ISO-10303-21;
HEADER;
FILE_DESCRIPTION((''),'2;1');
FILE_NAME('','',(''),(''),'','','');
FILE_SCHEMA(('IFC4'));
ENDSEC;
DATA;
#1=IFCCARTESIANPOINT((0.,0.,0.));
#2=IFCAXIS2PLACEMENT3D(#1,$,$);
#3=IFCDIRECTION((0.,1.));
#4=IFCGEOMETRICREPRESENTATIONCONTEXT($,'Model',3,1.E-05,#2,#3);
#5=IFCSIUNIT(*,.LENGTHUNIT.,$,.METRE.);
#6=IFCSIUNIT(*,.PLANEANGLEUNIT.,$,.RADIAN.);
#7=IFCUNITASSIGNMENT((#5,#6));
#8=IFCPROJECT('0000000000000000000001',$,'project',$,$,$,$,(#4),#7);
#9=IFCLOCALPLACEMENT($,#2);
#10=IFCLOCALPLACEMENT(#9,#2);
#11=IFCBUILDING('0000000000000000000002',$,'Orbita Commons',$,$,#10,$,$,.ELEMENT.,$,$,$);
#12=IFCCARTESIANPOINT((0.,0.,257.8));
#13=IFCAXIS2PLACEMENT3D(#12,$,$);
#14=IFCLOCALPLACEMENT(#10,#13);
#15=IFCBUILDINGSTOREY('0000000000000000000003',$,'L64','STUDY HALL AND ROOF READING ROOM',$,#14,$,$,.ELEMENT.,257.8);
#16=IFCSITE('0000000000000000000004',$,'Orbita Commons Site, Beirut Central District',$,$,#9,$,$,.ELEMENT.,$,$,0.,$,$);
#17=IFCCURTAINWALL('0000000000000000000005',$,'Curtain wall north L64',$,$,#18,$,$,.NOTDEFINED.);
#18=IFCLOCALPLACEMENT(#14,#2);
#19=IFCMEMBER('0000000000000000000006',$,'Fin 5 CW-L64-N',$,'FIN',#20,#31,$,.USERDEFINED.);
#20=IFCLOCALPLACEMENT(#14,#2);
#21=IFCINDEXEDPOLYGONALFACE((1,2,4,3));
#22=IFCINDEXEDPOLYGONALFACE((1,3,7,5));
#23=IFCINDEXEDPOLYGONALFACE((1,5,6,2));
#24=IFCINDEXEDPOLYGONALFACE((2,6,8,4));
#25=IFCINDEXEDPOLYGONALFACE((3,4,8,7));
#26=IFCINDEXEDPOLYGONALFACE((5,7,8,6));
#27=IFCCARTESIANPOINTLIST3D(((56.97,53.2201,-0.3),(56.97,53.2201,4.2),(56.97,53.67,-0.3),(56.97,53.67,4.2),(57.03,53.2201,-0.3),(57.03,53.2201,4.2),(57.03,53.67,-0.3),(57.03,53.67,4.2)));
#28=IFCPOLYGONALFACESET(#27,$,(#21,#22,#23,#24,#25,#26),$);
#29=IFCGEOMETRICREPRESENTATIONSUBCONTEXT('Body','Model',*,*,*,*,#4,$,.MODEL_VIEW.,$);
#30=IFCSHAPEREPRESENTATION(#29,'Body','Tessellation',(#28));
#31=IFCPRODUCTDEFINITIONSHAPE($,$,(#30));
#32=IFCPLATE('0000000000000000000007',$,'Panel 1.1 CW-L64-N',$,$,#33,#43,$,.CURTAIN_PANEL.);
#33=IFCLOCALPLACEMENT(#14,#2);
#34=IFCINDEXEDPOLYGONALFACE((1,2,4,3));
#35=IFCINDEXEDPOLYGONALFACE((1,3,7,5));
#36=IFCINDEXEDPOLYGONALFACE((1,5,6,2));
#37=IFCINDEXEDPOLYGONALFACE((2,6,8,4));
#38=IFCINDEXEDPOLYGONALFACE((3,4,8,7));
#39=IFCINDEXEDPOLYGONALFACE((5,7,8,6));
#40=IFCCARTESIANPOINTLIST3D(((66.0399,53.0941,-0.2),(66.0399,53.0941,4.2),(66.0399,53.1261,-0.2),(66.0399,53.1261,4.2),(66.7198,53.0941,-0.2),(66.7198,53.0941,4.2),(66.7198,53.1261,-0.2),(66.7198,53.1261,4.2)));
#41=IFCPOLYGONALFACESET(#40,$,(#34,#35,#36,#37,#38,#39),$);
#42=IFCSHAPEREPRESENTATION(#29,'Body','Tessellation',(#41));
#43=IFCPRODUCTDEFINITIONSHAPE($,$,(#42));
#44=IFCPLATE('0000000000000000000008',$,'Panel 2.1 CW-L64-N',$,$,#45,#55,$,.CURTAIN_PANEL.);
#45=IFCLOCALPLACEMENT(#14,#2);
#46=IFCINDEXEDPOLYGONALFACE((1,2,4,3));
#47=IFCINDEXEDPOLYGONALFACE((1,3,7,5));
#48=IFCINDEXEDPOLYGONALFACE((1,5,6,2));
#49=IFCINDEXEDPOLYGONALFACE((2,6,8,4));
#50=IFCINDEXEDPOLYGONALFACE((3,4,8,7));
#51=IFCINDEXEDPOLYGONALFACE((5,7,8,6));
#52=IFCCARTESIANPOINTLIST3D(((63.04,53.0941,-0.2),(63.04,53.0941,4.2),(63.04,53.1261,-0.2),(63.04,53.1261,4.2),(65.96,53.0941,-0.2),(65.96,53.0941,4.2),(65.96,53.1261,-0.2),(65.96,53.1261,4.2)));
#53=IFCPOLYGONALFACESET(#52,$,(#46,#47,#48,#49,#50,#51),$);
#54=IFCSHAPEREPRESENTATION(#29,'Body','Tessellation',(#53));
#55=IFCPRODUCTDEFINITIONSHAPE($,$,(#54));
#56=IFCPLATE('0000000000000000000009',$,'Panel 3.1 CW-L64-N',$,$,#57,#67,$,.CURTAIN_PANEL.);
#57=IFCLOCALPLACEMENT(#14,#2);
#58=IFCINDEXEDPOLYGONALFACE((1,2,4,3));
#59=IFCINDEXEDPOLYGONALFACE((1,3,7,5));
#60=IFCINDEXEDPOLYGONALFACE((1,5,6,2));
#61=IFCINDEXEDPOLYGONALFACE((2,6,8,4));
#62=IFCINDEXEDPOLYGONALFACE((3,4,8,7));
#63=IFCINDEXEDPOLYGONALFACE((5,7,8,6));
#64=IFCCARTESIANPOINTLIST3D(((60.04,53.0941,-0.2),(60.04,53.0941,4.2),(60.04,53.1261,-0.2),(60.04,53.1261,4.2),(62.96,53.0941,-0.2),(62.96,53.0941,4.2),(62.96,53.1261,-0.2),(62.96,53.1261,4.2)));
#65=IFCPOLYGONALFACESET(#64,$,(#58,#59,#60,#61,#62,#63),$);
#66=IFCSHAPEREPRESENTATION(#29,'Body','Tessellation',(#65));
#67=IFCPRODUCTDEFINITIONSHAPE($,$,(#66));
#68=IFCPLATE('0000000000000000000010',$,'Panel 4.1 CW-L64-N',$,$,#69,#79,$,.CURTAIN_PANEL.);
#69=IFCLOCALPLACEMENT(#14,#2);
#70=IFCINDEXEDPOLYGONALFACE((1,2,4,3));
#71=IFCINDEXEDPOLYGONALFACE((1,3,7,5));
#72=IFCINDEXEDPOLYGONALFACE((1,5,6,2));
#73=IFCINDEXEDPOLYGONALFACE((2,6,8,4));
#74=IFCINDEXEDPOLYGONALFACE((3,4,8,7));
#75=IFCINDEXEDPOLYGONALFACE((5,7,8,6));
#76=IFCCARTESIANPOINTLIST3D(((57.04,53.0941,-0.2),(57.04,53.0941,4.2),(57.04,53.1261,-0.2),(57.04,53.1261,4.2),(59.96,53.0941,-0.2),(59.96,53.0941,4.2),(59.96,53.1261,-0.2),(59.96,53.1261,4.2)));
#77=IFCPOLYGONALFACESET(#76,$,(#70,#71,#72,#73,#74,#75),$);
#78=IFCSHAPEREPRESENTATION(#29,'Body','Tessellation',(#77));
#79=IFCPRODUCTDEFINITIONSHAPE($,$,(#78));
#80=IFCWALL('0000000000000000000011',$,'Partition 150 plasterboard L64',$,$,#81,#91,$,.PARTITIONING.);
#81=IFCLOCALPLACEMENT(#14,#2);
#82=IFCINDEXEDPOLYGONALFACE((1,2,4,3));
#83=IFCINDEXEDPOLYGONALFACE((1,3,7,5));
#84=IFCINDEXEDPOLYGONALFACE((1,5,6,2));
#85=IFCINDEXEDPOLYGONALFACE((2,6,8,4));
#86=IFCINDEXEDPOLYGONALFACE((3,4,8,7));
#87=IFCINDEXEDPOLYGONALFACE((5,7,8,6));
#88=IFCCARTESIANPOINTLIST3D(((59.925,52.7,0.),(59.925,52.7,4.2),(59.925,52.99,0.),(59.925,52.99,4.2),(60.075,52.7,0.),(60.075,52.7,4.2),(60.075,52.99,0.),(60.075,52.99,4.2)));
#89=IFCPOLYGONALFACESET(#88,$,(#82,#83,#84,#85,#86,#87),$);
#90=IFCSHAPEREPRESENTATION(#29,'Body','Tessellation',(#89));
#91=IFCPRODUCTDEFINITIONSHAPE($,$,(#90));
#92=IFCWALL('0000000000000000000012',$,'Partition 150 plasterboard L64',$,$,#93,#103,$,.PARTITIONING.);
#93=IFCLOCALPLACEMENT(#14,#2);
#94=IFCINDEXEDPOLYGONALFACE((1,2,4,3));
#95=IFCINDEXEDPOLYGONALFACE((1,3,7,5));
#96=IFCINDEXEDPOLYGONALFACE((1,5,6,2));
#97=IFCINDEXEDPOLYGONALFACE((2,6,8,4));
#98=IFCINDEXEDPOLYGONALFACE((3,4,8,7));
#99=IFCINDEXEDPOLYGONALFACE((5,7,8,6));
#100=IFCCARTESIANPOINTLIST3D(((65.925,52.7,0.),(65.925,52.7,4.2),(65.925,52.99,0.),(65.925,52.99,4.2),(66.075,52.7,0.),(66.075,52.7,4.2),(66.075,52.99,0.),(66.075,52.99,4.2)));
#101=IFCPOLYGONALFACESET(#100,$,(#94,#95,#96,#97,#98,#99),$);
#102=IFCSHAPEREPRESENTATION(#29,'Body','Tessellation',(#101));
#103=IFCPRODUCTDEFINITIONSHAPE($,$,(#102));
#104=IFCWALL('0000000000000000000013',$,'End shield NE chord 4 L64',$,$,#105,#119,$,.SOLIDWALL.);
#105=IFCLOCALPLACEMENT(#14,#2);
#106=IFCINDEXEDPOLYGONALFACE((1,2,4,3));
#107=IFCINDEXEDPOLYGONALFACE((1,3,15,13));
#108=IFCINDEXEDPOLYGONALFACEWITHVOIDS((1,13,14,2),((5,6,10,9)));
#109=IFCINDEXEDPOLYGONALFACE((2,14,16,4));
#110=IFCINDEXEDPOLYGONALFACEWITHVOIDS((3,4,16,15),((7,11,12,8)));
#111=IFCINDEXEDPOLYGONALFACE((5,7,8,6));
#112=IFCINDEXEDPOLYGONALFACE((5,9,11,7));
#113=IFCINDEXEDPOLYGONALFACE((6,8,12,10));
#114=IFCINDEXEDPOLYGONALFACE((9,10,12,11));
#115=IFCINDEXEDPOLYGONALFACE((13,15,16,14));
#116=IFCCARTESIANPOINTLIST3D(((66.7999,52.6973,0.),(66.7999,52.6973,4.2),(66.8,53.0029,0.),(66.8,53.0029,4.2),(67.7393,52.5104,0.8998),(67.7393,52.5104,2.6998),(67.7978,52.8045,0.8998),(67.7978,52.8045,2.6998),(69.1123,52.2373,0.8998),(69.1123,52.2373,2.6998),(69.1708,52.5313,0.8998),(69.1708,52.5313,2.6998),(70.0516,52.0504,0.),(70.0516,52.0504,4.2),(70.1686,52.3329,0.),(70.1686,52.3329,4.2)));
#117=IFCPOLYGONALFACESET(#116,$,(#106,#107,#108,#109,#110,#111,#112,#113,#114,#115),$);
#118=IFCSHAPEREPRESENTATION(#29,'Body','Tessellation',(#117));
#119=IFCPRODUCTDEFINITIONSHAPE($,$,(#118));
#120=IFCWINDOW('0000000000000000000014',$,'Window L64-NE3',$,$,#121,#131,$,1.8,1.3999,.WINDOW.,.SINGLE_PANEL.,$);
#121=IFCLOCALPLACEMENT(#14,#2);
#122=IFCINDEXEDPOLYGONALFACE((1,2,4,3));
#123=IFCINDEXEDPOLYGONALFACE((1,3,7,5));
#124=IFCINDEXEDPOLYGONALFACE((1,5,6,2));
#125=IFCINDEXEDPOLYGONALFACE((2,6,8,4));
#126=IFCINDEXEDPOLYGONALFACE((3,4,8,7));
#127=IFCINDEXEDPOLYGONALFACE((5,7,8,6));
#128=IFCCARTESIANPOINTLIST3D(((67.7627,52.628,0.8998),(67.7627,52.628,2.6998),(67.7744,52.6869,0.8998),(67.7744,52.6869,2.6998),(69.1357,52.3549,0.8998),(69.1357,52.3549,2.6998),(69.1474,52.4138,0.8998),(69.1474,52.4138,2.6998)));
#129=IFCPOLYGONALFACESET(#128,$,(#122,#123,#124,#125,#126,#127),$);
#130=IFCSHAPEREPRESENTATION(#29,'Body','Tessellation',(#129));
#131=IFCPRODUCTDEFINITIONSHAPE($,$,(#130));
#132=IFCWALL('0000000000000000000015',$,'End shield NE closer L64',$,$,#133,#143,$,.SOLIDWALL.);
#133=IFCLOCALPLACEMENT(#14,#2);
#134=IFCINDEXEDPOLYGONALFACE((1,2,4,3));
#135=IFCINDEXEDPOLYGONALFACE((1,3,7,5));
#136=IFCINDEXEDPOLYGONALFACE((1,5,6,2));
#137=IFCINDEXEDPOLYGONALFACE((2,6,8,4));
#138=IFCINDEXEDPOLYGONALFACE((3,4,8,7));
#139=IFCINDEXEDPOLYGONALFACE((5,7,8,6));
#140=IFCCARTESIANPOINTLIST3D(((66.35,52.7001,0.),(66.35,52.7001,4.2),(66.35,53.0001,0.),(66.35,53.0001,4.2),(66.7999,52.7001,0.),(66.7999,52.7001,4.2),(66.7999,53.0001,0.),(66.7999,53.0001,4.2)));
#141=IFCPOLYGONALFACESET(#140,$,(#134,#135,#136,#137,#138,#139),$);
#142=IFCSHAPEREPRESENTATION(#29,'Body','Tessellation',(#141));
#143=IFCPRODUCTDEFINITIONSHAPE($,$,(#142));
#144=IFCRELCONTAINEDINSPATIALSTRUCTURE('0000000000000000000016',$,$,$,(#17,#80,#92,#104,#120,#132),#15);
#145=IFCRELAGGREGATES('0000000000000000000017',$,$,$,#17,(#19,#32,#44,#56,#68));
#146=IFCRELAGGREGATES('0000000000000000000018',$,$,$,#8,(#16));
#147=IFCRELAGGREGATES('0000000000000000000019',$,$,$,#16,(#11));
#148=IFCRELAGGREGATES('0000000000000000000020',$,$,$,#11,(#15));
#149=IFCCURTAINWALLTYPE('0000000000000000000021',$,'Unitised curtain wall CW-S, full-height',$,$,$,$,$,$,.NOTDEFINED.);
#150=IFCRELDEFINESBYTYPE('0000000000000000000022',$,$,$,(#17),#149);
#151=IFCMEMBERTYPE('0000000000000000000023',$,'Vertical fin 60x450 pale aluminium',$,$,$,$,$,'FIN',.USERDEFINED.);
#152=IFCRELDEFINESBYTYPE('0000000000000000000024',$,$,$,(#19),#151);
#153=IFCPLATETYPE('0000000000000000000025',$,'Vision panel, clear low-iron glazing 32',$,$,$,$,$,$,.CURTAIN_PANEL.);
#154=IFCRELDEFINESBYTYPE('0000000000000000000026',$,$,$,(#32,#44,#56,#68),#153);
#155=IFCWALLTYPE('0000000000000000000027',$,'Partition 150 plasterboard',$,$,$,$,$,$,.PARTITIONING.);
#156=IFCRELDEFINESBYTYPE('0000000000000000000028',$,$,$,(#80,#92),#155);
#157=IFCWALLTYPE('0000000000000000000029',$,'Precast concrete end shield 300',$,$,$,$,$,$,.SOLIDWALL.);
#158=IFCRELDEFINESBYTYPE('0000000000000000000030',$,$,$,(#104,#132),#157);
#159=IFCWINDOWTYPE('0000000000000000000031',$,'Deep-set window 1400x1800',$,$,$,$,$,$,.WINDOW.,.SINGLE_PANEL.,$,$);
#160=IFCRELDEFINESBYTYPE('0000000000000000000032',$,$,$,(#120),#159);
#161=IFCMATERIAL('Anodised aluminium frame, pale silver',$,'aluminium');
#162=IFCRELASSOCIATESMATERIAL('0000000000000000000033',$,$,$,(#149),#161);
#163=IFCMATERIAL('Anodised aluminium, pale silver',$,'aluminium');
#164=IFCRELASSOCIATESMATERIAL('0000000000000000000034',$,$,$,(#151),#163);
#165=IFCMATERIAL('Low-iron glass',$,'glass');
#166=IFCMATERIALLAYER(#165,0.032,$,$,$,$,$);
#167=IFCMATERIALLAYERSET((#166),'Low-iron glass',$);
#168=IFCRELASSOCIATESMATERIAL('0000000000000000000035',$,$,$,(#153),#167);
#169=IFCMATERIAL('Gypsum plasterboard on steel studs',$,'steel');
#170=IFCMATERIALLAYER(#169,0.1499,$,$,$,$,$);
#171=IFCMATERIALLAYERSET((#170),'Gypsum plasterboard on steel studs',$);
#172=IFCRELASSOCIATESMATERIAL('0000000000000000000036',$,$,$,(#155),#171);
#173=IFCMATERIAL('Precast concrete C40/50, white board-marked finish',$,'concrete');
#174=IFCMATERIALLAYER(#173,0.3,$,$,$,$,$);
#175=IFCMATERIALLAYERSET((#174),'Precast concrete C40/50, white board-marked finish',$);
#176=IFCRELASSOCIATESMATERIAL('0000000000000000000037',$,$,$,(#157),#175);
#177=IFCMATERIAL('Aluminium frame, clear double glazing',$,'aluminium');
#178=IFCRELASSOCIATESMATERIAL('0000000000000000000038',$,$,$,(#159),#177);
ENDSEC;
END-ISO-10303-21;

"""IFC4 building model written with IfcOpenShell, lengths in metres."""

from ifc_helpers import new_model, si_unit, direction, frame, frame_2d, origin, origin_2d, place, context, subcontext, project, spatial, polyline, rectangle, outline, extrude, material, layer, layer_set, material_profile, profile_set, type_object, element, fill, aggregate, save


model = new_model("IFC4")

# Units and contexts
model_context = context("Model", 3, precision=1e-05, world=origin(), true_north=direction((0.0, 1.0)))
body_context = subcontext(model_context, "Body", "Model", "MODEL_VIEW")
ifc_project = project(units=[si_unit("LENGTHUNIT", "METRE"), si_unit("PLANEANGLEUNIT", "RADIAN")], contexts=[model_context])

# Site, building, storey
site_placement = place(None, origin())
site = spatial("IfcSite", under=ifc_project, at=site_placement, Name="Orbita Commons Site, Beirut Central District", CompositionType="ELEMENT", RefElevation=0.0)
building_placement = place(site_placement, origin())
building = spatial("IfcBuilding", under=site, at=building_placement, Name="Orbita Commons", CompositionType="ELEMENT")
storey_placement = place(building_placement, frame((0.0, 0.0, 257.8)))
storey = spatial("IfcBuildingStorey", under=building, at=storey_placement, Name="L64", Description="STUDY HALL AND ROOF READING ROOM", CompositionType="ELEMENT", Elevation=257.8)

# Curtain wall
ifc_material_1 = material(Name="Anodised aluminium frame, pale silver", Category="aluminium")
curtain_wall_type = type_object("IfcCurtainWallType", Name="Unitised curtain wall CW-S, full-height", PredefinedType="NOTDEFINED", material=ifc_material_1)
curtain_wall_placement = place(storey_placement, origin())
curtain_wall = element("IfcCurtainWall", 1, at=curtain_wall_placement, inside=storey, type_object=curtain_wall_type, Name="Curtain wall north L64", PredefinedType="NOTDEFINED")

# Member
ifc_material_2 = material(Name="Anodised aluminium, pale silver", Category="aluminium")
ifc_material_profile_1 = material_profile(ifc_material_2, rectangle(XDim=0.0601, YDim=0.45, at=origin_2d()), Name="FIN 60x450")
ifc_profile_set_1 = profile_set([ifc_material_profile_1], Name="Anodised aluminium, pale silver")
member_type_1 = type_object("IfcMemberType", Name="Vertical fin 60x450 pale aluminium", ElementType="FIN", PredefinedType="USERDEFINED", material=ifc_profile_set_1)
member_1_placement = place(storey_placement, frame((57.0, 53.4451, -0.3), z_axis=(0.0, 0.0, 1.0), x_axis=(-1.0, 0.0, 0.0)))
member_1 = element("IfcMember", 2, at=member_1_placement, type_object=member_type_1, Name="Fin 5 CW-L64-N", ObjectType="FIN", PredefinedType="USERDEFINED", context=body_context, shape_type="SweptSolid", body=[
    extrude(rectangle(XDim=0.0601, YDim=0.45, at=origin_2d()), origin(), (0.0, 0.0, 1.0), 4.5),
])

# Plates
ifc_material_3 = material(Name="Low-iron glass", Category="glass")
ifc_layer_1 = layer(ifc_material_3, 0.032)
ifc_layer_set_1 = layer_set([ifc_layer_1], Name="Low-iron glass")
plate_type = type_object("IfcPlateType", Name="Vision panel, clear low-iron glazing 32", PredefinedType="CURTAIN_PANEL", material=ifc_layer_set_1)
plate_1_placement = place(storey_placement, frame((66.3799, 53.1101, -0.2), z_axis=(0.0, 0.0, 1.0), x_axis=(-1.0, 0.0, 0.0)))
plate_1 = element("IfcPlate", 3, at=plate_1_placement, type_object=plate_type, Name="Panel 1.1 CW-L64-N", PredefinedType="CURTAIN_PANEL", context=body_context, shape_type="SweptSolid", body=[
    extrude(rectangle(XDim=0.6799, YDim=0.032, at=origin_2d()), origin(), (0.0, 0.0, 1.0), 4.3999),
])
plate_2_placement = place(storey_placement, frame((64.5, 53.1101, -0.2), z_axis=(0.0, 0.0, 1.0), x_axis=(-1.0, 0.0, 0.0)))
plate_2 = element("IfcPlate", 4, at=plate_2_placement, type_object=plate_type, Name="Panel 2.1 CW-L64-N", PredefinedType="CURTAIN_PANEL", context=body_context, shape_type="SweptSolid", body=[
    extrude(rectangle(XDim=2.9199, YDim=0.032, at=origin_2d()), origin(), (0.0, 0.0, 1.0), 4.3999),
])
plate_3_placement = place(storey_placement, frame((61.5, 53.1101, -0.2), z_axis=(0.0, 0.0, 1.0), x_axis=(-1.0, 0.0, 0.0)))
plate_3 = element("IfcPlate", 5, at=plate_3_placement, type_object=plate_type, Name="Panel 3.1 CW-L64-N", PredefinedType="CURTAIN_PANEL", context=body_context, shape_type="SweptSolid", body=[
    extrude(rectangle(XDim=2.9199, YDim=0.032, at=origin_2d()), origin(), (0.0, 0.0, 1.0), 4.3999),
])
plate_4_placement = place(storey_placement, frame((58.5, 53.1101, -0.2), z_axis=(0.0, 0.0, 1.0), x_axis=(-1.0, 0.0, 0.0)))
plate_4 = element("IfcPlate", 6, at=plate_4_placement, type_object=plate_type, Name="Panel 4.1 CW-L64-N", PredefinedType="CURTAIN_PANEL", context=body_context, shape_type="SweptSolid", body=[
    extrude(rectangle(XDim=2.9199, YDim=0.032, at=origin_2d()), origin(), (0.0, 0.0, 1.0), 4.3999),
])
aggregate(curtain_wall, [member_1, plate_1, plate_2, plate_3, plate_4])

# Walls
ifc_material_4 = material(Name="Gypsum plasterboard on steel studs", Category="steel")
ifc_layer_2 = layer(ifc_material_4, 0.1499)
ifc_layer_set_2 = layer_set([ifc_layer_2], Name="Gypsum plasterboard on steel studs")
wall_type_1 = type_object("IfcWallType", Name="Partition 150 plasterboard", PredefinedType="PARTITIONING", material=ifc_layer_set_2)
for number, where, z_axis, x_axis, name in (
    (7, (60.0, 52.7, 0.0), (0.0, 0.0, 1.0), (0.0, 1.0, 0.0), "Partition 150 plasterboard L64"),
    (8, (66.0, 52.7, 0.0), (0.0, 0.0, 1.0), (0.0, 1.0, 0.0), "Partition 150 plasterboard L64"),
):
    element("IfcWall", number, at=place(storey_placement, frame(where, z_axis=z_axis, x_axis=x_axis)), inside=storey, type_object=wall_type_1, Name=name, PredefinedType="PARTITIONING", context=body_context, shape_type="SweptSolid", body=[
        extrude(rectangle(XDim=0.29, YDim=0.1499, at=frame_2d((0.145, 0.0))), origin(), (0.0, 0.0, 1.0), 4.2),
    ])

# Wall, opening, window
ifc_material_5 = material(Name="Precast concrete C40/50, white board-marked finish", Category="concrete")
ifc_layer_3 = layer(ifc_material_5, 0.3)
ifc_layer_set_3 = layer_set([ifc_layer_3], Name="Precast concrete C40/50, white board-marked finish")
wall_type_2 = type_object("IfcWallType", Name="Precast concrete end shield 300", PredefinedType="SOLIDWALL", material=ifc_layer_set_3)
wall_1_placement = place(storey_placement, frame((70.1101, 52.1917, 0.0), z_axis=(0.0, 0.0, 1.0), x_axis=(-0.980783, 0.1951, 0.0)))
wall_1 = element("IfcWall", 9, at=wall_1_placement, inside=storey, type_object=wall_type_2, Name="End shield NE chord 4 L64", PredefinedType="SOLIDWALL", context=body_context, shape_type="SweptSolid", body=[
    extrude(outline(polyline([(-0.0298, -0.1499), (3.4048, -0.1499), (3.3452, 0.1499), (0.0298, 0.1499), (-0.0298, -0.1499)])), origin(), (0.0, 0.0, 1.0), 4.2),
])
opening_placement = place(wall_1_placement, frame((0.9875, 0.0, 0.8999)))
opening = element("IfcOpeningElement", 10, at=opening_placement, cuts=wall_1, PredefinedType="OPENING", context=body_context, shape_type="SweptSolid", body=[
    extrude(rectangle(XDim=1.3999, YDim=1.8, at=frame_2d((0.7, 0.8999))), frame((0.0, 0.1599, 0.0), z_axis=(0.0, -1.0, 0.0), x_axis=(1.0, 0.0, 0.0)), (0.0, 0.0, 1.0), 0.3201),
])
ifc_material_6 = material(Name="Aluminium frame, clear double glazing", Category="aluminium")
window_type = type_object("IfcWindowType", Name="Deep-set window 1400x1800", PartitioningType="SINGLE_PANEL", PredefinedType="WINDOW", material=ifc_material_6)
window_placement = place(opening_placement, origin())
window = element("IfcWindow", 11, at=window_placement, inside=storey, type_object=window_type, Name="Window L64-NE3", OverallHeight=1.8, OverallWidth=1.3999, PartitioningType="SINGLE_PANEL", PredefinedType="WINDOW", context=body_context, shape_type="SweptSolid", body=[
    extrude(rectangle(XDim=1.3999, YDim=1.8, at=frame_2d((0.7, 0.8999))), frame((0.0, 0.03, 0.0), z_axis=(0.0, -1.0, 0.0), x_axis=(1.0, 0.0, 0.0)), (0.0, 0.0, 1.0), 0.0601),
])
fill(opening, window)

# Wall
wall_2_placement = place(storey_placement, frame((66.8, 52.8501, 0.0), z_axis=(0.0, 0.0, 1.0), x_axis=(-1.0, 0.0, 0.0)))
element("IfcWall", 12, at=wall_2_placement, inside=storey, type_object=wall_type_2, Name="End shield NE closer L64", PredefinedType="SOLIDWALL", context=body_context, shape_type="SweptSolid", body=[
    extrude(rectangle(XDim=0.45, YDim=0.3, at=frame_2d((0.2251, 0.0))), origin(), (0.0, 0.0, 1.0), 4.2),
])

save(model, "model.ifc")
